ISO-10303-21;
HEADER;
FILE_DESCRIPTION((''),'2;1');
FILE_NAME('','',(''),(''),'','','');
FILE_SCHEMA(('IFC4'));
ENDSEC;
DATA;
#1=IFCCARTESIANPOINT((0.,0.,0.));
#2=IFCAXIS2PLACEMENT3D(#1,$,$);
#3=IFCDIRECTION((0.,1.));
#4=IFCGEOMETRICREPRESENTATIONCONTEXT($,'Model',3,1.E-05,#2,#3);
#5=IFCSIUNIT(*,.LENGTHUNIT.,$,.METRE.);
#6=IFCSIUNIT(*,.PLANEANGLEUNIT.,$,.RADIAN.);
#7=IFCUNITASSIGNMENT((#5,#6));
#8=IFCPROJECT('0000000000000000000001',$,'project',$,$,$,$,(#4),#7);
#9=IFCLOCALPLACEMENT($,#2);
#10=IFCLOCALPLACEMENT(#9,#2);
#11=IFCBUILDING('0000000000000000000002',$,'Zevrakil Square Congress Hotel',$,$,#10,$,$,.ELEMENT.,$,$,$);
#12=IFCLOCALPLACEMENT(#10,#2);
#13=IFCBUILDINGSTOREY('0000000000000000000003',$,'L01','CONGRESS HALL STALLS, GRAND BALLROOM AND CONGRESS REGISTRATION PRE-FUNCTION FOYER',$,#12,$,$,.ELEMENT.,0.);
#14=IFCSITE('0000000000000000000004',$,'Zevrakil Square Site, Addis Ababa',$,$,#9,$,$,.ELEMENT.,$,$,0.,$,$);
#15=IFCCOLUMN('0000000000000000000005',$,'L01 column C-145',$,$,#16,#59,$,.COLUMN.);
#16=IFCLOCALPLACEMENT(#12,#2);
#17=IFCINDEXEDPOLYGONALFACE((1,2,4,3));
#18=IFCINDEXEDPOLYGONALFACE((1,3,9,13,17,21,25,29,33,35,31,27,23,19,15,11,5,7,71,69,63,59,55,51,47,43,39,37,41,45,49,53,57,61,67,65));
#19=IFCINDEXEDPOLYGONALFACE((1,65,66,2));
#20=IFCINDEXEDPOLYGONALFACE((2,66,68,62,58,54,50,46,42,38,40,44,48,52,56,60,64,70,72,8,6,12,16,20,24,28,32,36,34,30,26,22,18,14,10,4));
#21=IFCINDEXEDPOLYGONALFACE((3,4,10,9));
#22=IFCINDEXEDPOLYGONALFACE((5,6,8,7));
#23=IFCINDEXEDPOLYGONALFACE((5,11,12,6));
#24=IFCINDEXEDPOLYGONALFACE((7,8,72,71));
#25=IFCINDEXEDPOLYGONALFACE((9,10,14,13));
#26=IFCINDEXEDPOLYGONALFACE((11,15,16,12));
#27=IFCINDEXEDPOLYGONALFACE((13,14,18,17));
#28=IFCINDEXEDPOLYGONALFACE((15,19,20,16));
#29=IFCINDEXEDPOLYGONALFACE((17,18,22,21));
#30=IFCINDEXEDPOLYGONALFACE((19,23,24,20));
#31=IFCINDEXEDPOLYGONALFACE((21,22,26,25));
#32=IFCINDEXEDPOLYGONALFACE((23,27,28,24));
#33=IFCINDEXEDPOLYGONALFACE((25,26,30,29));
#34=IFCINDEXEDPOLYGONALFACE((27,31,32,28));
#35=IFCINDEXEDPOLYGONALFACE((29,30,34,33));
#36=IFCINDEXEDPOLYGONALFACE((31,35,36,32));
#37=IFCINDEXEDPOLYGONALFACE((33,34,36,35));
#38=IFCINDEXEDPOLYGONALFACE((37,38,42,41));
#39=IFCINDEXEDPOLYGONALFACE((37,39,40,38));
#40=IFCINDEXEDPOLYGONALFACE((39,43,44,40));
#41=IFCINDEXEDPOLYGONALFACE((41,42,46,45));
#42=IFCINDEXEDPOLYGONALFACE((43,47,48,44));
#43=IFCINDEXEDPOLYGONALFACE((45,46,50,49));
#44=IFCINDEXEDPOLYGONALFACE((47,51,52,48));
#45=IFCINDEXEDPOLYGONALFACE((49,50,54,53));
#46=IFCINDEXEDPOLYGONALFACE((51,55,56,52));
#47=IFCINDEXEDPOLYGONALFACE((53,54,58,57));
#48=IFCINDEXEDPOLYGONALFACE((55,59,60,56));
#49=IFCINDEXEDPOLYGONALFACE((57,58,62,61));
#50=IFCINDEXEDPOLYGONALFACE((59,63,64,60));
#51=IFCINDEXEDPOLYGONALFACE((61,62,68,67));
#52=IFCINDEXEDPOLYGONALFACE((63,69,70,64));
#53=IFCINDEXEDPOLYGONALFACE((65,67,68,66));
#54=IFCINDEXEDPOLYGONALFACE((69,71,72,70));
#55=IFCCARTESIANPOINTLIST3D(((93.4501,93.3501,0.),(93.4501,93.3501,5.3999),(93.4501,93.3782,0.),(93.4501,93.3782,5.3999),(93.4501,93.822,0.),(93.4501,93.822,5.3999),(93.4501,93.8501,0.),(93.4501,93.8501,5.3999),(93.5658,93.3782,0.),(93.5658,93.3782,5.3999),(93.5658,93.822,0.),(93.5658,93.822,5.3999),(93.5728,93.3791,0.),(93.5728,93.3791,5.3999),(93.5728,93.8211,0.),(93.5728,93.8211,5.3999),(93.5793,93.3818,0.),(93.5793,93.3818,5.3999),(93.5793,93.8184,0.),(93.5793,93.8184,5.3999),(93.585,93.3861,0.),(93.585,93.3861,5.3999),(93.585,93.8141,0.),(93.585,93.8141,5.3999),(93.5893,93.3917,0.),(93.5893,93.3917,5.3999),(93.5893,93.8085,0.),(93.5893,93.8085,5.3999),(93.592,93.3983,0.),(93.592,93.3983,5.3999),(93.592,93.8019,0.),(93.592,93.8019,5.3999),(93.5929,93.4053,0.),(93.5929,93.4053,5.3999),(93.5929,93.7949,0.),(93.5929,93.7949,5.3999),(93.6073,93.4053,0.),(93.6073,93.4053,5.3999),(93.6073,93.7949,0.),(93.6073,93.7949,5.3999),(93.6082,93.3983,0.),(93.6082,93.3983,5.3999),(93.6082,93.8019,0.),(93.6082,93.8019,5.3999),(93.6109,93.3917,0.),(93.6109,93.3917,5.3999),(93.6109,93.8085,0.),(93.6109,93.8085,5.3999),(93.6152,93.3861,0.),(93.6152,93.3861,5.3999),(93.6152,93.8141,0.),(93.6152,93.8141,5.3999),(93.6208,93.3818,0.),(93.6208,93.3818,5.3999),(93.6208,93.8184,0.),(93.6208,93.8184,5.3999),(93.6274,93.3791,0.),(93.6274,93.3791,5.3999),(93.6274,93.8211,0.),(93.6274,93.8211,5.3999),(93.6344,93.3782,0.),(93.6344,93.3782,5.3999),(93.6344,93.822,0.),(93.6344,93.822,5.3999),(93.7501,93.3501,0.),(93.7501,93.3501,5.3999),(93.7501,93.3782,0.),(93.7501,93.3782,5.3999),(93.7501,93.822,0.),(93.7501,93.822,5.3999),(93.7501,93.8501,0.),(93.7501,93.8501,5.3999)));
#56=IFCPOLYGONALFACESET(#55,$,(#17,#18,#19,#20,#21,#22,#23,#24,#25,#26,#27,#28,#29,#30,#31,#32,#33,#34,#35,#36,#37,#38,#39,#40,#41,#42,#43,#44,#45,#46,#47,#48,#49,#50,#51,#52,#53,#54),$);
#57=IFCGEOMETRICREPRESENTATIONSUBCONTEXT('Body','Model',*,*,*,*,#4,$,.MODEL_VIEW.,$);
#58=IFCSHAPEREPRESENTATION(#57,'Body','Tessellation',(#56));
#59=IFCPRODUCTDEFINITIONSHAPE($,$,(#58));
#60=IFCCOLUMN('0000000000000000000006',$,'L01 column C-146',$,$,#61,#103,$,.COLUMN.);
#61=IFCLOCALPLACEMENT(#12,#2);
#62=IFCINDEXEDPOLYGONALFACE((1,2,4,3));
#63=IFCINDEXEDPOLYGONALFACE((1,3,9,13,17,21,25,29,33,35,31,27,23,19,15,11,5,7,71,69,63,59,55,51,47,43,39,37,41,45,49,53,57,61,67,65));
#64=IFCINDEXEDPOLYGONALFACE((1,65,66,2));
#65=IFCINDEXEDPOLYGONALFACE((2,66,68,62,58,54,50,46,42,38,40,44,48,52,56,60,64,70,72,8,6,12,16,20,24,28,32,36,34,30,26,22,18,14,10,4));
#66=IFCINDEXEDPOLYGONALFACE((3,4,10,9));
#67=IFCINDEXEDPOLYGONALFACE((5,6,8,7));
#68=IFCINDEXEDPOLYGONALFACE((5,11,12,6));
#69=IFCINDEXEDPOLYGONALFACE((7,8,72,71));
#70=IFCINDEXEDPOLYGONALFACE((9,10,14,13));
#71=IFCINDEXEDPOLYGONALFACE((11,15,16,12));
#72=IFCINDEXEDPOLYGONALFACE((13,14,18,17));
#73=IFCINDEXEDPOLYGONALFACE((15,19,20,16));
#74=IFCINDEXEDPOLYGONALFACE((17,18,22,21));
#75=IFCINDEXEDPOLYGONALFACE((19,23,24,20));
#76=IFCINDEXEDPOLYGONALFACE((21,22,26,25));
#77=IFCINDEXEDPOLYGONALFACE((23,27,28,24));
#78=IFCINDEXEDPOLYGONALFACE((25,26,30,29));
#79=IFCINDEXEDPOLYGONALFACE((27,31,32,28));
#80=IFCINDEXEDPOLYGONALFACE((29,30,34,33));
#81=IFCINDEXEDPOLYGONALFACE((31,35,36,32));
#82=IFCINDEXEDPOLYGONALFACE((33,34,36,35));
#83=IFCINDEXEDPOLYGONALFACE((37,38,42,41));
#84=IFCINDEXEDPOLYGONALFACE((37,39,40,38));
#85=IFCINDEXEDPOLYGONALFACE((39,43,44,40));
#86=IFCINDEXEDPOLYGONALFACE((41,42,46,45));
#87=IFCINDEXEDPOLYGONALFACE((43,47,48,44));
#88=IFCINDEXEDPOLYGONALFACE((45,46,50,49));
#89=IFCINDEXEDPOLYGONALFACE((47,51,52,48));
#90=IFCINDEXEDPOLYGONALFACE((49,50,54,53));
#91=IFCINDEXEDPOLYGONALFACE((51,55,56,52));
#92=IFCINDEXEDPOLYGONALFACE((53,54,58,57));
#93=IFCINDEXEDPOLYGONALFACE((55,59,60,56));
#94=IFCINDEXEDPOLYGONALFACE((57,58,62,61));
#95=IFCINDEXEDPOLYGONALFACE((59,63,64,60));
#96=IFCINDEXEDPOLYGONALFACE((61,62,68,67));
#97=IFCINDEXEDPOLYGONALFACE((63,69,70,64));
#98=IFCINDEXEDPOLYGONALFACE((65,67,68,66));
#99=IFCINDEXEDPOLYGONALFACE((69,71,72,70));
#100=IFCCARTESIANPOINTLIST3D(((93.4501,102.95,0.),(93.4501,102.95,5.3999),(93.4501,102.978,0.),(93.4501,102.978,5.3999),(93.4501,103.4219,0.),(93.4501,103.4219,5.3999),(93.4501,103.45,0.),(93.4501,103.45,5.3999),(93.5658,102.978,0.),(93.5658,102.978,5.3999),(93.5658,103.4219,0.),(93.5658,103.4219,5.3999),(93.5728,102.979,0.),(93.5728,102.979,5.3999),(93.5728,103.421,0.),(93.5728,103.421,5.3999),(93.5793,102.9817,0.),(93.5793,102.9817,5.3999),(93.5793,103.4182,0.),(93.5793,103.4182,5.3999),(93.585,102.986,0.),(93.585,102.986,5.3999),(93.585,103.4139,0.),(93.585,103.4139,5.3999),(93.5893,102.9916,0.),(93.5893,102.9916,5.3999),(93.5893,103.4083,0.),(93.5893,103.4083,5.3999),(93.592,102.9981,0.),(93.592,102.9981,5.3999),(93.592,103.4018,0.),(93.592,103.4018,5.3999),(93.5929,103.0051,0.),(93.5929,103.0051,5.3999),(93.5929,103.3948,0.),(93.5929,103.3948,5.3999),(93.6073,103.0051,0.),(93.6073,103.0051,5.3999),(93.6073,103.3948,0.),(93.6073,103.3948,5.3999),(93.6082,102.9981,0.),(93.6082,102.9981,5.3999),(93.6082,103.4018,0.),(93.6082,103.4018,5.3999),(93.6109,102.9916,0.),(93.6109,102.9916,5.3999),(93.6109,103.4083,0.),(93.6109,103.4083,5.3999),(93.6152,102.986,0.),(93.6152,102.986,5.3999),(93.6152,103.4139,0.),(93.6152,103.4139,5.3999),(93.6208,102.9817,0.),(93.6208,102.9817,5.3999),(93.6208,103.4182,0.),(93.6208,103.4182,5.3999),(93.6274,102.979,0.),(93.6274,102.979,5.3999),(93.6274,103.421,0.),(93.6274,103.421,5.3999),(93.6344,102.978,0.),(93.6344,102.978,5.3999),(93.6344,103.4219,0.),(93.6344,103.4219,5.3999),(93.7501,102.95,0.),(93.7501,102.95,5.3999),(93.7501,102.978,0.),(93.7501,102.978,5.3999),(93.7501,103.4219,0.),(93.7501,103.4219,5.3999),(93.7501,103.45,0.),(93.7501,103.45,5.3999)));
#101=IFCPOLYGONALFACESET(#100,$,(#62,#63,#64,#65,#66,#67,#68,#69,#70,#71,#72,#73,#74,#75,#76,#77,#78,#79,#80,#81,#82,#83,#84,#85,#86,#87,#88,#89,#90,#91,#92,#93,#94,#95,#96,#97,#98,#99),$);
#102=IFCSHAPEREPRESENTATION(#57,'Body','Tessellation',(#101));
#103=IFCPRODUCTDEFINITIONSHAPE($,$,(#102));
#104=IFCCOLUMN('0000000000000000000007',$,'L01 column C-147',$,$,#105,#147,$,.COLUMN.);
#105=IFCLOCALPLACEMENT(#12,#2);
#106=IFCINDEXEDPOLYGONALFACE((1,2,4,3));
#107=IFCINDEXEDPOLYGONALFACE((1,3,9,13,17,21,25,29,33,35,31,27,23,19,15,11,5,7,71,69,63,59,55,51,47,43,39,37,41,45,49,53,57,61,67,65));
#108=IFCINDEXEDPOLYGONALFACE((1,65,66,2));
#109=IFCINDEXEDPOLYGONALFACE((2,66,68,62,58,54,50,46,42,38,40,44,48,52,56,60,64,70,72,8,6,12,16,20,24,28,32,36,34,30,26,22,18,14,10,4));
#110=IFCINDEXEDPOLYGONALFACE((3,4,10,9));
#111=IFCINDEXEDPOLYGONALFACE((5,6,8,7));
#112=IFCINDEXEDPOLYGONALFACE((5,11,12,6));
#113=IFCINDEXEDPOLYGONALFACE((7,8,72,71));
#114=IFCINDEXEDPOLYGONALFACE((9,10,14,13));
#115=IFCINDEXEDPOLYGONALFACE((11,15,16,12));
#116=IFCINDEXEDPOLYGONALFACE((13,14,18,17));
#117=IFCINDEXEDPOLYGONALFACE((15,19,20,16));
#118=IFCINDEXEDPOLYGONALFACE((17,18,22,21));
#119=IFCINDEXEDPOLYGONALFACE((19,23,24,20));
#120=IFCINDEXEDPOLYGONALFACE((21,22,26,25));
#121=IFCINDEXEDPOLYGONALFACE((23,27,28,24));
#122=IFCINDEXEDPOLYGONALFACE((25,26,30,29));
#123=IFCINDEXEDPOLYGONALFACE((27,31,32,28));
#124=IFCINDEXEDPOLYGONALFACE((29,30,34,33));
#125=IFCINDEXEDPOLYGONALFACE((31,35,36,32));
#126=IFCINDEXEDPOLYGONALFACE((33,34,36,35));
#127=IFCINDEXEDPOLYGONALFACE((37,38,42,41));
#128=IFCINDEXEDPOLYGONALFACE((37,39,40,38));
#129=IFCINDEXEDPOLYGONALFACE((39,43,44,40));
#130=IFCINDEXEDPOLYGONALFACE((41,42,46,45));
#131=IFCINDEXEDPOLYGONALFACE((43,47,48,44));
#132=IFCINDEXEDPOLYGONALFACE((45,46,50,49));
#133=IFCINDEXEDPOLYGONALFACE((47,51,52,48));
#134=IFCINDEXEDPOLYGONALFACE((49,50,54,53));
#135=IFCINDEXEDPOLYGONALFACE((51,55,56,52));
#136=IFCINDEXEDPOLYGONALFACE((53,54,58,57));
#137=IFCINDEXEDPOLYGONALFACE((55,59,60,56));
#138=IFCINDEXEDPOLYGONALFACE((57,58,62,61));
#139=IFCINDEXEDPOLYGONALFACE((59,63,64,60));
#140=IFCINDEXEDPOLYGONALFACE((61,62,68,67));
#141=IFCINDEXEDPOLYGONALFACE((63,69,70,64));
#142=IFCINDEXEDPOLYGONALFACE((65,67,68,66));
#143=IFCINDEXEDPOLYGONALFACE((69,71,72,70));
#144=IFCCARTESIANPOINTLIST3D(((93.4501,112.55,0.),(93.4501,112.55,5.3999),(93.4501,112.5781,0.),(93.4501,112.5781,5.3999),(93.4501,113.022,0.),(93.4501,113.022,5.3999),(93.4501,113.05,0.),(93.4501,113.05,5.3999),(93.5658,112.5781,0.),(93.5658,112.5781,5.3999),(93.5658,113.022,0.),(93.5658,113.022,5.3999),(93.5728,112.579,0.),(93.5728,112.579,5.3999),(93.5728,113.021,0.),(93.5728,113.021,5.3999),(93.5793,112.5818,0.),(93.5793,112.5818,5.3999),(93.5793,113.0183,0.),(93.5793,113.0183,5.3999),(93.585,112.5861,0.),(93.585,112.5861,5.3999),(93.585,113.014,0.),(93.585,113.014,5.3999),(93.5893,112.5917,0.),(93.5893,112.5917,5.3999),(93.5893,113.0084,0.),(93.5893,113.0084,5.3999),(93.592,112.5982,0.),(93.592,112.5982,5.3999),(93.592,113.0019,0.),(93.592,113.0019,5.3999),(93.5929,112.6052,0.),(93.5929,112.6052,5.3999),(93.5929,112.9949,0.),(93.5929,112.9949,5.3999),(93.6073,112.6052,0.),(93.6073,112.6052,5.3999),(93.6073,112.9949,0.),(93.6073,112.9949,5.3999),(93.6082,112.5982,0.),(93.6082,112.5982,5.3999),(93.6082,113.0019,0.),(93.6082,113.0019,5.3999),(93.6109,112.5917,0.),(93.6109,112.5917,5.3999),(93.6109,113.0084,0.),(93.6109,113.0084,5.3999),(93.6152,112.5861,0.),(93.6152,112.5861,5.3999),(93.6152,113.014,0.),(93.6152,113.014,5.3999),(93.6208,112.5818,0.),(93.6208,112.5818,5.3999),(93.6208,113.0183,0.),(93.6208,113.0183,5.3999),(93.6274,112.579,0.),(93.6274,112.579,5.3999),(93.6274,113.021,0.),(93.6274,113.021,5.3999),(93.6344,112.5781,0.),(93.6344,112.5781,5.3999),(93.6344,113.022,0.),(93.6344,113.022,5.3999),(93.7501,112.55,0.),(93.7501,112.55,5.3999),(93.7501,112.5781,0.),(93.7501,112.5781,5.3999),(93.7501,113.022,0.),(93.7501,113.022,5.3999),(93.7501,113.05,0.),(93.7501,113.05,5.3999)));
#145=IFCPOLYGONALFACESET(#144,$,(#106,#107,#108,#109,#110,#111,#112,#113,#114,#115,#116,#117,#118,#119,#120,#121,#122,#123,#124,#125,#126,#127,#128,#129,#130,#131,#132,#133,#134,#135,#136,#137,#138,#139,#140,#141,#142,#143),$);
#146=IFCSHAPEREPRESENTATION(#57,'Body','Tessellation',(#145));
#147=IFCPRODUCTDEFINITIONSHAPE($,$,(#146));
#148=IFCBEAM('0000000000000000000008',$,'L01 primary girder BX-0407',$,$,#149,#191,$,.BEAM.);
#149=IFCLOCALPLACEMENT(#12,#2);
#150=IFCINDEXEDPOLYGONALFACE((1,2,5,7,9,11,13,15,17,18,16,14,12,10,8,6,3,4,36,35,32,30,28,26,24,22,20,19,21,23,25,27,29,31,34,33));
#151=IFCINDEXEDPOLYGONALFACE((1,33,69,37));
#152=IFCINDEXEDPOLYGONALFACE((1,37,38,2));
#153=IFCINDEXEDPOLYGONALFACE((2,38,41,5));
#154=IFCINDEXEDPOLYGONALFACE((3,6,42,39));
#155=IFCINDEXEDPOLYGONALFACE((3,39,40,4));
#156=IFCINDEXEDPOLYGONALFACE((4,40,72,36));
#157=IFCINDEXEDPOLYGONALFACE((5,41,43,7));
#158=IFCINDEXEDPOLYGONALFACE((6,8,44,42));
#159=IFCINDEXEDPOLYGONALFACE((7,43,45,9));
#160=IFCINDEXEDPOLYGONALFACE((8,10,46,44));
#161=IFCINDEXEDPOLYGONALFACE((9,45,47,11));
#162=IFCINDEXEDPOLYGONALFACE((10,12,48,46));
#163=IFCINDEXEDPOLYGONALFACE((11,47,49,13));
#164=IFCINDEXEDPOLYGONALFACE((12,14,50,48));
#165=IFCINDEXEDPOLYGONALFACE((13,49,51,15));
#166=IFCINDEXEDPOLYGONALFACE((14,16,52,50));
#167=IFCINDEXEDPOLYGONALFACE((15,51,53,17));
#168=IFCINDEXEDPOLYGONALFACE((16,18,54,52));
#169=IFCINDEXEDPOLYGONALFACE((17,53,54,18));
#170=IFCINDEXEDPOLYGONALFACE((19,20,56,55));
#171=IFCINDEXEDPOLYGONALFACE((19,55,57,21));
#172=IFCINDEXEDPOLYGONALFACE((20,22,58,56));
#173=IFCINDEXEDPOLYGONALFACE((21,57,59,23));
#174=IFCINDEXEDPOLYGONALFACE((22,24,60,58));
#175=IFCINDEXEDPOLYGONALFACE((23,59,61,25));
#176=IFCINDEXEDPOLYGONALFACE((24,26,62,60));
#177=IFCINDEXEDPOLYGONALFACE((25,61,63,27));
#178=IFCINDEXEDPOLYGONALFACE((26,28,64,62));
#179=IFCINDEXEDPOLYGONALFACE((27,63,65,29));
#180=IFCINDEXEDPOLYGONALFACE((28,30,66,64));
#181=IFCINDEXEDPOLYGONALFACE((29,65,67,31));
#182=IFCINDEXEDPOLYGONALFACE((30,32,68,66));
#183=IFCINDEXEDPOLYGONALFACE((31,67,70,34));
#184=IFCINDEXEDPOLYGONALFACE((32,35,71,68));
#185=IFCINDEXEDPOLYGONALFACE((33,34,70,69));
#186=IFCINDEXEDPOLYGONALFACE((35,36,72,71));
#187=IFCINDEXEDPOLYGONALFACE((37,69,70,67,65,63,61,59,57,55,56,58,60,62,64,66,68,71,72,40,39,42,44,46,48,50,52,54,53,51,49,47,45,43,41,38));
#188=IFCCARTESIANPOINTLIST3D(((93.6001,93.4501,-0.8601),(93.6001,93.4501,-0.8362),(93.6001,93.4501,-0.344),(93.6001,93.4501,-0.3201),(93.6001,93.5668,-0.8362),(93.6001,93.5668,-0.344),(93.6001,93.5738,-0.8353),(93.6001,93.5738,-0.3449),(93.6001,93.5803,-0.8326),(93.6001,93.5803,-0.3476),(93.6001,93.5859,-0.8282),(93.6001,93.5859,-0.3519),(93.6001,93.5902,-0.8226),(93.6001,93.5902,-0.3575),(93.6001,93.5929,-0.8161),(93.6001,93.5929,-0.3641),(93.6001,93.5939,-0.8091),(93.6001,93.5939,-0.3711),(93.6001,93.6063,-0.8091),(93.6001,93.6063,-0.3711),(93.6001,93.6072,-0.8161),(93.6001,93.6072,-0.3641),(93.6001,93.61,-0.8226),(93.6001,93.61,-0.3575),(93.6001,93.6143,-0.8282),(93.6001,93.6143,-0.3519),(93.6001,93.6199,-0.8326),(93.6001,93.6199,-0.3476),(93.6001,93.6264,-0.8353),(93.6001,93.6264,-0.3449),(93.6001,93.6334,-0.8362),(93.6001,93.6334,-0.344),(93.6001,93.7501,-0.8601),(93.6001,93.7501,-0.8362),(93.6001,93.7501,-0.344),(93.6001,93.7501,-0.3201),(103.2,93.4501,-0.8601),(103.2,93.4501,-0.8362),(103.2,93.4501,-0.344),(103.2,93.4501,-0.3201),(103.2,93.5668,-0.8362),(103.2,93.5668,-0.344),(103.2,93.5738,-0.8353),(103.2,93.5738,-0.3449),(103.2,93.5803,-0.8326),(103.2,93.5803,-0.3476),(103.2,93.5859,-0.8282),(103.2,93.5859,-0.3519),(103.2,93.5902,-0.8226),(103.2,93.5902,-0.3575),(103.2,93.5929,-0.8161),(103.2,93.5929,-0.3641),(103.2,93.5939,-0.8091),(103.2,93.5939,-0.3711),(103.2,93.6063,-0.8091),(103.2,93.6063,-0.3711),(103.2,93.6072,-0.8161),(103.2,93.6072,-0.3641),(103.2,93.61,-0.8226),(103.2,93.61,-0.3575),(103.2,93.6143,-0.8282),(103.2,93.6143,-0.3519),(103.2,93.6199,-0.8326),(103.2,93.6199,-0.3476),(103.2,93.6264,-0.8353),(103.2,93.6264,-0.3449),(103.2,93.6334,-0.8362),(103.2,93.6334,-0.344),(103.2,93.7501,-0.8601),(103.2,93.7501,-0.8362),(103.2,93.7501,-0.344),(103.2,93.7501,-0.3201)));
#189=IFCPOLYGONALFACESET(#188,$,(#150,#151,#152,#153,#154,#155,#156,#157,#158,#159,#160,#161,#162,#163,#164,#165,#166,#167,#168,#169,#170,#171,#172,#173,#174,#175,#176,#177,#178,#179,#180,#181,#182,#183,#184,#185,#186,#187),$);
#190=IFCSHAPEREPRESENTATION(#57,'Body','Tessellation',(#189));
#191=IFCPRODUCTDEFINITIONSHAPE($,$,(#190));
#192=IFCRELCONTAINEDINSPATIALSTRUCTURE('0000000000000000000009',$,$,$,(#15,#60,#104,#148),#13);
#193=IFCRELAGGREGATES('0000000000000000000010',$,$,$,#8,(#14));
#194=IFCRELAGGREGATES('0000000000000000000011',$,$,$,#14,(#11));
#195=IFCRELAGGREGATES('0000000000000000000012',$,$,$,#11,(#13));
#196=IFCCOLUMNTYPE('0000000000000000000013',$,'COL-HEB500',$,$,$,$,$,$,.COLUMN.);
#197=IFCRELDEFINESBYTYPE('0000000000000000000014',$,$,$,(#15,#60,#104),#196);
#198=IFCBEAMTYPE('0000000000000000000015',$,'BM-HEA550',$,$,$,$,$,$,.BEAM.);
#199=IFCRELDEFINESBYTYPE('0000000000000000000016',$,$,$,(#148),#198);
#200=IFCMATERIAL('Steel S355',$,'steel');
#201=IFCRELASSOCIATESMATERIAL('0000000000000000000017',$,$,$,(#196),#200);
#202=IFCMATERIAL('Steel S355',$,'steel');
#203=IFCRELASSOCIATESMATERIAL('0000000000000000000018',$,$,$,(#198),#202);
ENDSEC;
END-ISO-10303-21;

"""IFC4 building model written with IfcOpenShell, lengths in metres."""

from ifc_helpers import new_model, si_unit, direction, frame, origin, origin_2d, place, context, subcontext, project, spatial, i_section, extrude, material, material_profile, profile_set, type_object, element, save


model = new_model("IFC4")

# Units and contexts
model_context = context("Model", 3, precision=1e-05, world=origin(), true_north=direction((0.0, 1.0)))
body_context = subcontext(model_context, "Body", "Model", "MODEL_VIEW")
ifc_project = project(units=[si_unit("LENGTHUNIT", "METRE"), si_unit("PLANEANGLEUNIT", "RADIAN")], contexts=[model_context])

# Site, building, storey
site_placement = place(None, origin())
site = spatial("IfcSite", under=ifc_project, at=site_placement, Name="Zevrakil Square Site, Addis Ababa", CompositionType="ELEMENT", RefElevation=0.0)
building_placement = place(site_placement, origin())
building = spatial("IfcBuilding", under=site, at=building_placement, Name="Zevrakil Square Congress Hotel", CompositionType="ELEMENT")
storey_placement = place(building_placement, origin())
storey = spatial("IfcBuildingStorey", under=building, at=storey_placement, Name="L01", Description="CONGRESS HALL STALLS, GRAND BALLROOM AND CONGRESS REGISTRATION PRE-FUNCTION FOYER", CompositionType="ELEMENT", Elevation=0.0)

# Columns
ifc_material_1 = material(Name="Steel S355", Category="steel")
ifc_material_profile_1 = material_profile(ifc_material_1, i_section(OverallWidth=0.3, OverallDepth=0.5, WebThickness=0.0144, FlangeThickness=0.0281, FilletRadius=0.0271, at=origin_2d()), Name="HEB 500")
ifc_profile_set_1 = profile_set([ifc_material_profile_1], Name="Steel S355")
column_type = type_object("IfcColumnType", Name="COL-HEB500", PredefinedType="COLUMN", material=ifc_profile_set_1)
for number, where, z_axis, x_axis, name in (
    (1, (93.6001, 93.6001, 0.0), (0.0, 0.0, 1.0), (1.0, 0.0, 0.0), "L01 column C-145"),
    (2, (93.6001, 103.2, 0.0), (0.0, 0.0, 1.0), (1.0, 0.0, 0.0), "L01 column C-146"),
    (3, (93.6001, 112.8, 0.0), (0.0, 0.0, 1.0), (1.0, 0.0, 0.0), "L01 column C-147"),
):
    element("IfcColumn", number, at=place(storey_placement, frame(where, z_axis=z_axis, x_axis=x_axis)), inside=storey, type_object=column_type, Name=name, PredefinedType="COLUMN", context=body_context, shape_type="SweptSolid", body=[
        extrude(i_section(OverallWidth=0.3, OverallDepth=0.5, WebThickness=0.0144, FlangeThickness=0.0281, FilletRadius=0.0271, at=origin_2d()), origin(), (0.0, 0.0, 1.0), 5.3999),
    ])

# Beam
ifc_material_2 = material(Name="Steel S355", Category="steel")
ifc_material_profile_2 = material_profile(ifc_material_2, i_section(OverallWidth=0.3, OverallDepth=0.54, WebThickness=0.0125, FlangeThickness=0.0239, FilletRadius=0.0271, at=origin_2d()), Name="HEA 550")
ifc_profile_set_2 = profile_set([ifc_material_profile_2], Name="Steel S355")
beam_type_1 = type_object("IfcBeamType", Name="BM-HEA550", PredefinedType="BEAM", material=ifc_profile_set_2)
beam_1_placement = place(storey_placement, frame((93.6001, 93.6001, -0.5901), z_axis=(1.0, 0.0, 0.0), x_axis=(0.0, 1.0, 0.0)))
element("IfcBeam", 4, at=beam_1_placement, inside=storey, type_object=beam_type_1, Name="L01 primary girder BX-0407", PredefinedType="BEAM", context=body_context, shape_type="SweptSolid", body=[
    extrude(i_section(OverallWidth=0.3, OverallDepth=0.54, WebThickness=0.0125, FlangeThickness=0.0239, FilletRadius=0.0271, at=origin_2d()), origin(), (0.0, 0.0, 1.0), 9.5999),
])

save(model, "model.ifc")
